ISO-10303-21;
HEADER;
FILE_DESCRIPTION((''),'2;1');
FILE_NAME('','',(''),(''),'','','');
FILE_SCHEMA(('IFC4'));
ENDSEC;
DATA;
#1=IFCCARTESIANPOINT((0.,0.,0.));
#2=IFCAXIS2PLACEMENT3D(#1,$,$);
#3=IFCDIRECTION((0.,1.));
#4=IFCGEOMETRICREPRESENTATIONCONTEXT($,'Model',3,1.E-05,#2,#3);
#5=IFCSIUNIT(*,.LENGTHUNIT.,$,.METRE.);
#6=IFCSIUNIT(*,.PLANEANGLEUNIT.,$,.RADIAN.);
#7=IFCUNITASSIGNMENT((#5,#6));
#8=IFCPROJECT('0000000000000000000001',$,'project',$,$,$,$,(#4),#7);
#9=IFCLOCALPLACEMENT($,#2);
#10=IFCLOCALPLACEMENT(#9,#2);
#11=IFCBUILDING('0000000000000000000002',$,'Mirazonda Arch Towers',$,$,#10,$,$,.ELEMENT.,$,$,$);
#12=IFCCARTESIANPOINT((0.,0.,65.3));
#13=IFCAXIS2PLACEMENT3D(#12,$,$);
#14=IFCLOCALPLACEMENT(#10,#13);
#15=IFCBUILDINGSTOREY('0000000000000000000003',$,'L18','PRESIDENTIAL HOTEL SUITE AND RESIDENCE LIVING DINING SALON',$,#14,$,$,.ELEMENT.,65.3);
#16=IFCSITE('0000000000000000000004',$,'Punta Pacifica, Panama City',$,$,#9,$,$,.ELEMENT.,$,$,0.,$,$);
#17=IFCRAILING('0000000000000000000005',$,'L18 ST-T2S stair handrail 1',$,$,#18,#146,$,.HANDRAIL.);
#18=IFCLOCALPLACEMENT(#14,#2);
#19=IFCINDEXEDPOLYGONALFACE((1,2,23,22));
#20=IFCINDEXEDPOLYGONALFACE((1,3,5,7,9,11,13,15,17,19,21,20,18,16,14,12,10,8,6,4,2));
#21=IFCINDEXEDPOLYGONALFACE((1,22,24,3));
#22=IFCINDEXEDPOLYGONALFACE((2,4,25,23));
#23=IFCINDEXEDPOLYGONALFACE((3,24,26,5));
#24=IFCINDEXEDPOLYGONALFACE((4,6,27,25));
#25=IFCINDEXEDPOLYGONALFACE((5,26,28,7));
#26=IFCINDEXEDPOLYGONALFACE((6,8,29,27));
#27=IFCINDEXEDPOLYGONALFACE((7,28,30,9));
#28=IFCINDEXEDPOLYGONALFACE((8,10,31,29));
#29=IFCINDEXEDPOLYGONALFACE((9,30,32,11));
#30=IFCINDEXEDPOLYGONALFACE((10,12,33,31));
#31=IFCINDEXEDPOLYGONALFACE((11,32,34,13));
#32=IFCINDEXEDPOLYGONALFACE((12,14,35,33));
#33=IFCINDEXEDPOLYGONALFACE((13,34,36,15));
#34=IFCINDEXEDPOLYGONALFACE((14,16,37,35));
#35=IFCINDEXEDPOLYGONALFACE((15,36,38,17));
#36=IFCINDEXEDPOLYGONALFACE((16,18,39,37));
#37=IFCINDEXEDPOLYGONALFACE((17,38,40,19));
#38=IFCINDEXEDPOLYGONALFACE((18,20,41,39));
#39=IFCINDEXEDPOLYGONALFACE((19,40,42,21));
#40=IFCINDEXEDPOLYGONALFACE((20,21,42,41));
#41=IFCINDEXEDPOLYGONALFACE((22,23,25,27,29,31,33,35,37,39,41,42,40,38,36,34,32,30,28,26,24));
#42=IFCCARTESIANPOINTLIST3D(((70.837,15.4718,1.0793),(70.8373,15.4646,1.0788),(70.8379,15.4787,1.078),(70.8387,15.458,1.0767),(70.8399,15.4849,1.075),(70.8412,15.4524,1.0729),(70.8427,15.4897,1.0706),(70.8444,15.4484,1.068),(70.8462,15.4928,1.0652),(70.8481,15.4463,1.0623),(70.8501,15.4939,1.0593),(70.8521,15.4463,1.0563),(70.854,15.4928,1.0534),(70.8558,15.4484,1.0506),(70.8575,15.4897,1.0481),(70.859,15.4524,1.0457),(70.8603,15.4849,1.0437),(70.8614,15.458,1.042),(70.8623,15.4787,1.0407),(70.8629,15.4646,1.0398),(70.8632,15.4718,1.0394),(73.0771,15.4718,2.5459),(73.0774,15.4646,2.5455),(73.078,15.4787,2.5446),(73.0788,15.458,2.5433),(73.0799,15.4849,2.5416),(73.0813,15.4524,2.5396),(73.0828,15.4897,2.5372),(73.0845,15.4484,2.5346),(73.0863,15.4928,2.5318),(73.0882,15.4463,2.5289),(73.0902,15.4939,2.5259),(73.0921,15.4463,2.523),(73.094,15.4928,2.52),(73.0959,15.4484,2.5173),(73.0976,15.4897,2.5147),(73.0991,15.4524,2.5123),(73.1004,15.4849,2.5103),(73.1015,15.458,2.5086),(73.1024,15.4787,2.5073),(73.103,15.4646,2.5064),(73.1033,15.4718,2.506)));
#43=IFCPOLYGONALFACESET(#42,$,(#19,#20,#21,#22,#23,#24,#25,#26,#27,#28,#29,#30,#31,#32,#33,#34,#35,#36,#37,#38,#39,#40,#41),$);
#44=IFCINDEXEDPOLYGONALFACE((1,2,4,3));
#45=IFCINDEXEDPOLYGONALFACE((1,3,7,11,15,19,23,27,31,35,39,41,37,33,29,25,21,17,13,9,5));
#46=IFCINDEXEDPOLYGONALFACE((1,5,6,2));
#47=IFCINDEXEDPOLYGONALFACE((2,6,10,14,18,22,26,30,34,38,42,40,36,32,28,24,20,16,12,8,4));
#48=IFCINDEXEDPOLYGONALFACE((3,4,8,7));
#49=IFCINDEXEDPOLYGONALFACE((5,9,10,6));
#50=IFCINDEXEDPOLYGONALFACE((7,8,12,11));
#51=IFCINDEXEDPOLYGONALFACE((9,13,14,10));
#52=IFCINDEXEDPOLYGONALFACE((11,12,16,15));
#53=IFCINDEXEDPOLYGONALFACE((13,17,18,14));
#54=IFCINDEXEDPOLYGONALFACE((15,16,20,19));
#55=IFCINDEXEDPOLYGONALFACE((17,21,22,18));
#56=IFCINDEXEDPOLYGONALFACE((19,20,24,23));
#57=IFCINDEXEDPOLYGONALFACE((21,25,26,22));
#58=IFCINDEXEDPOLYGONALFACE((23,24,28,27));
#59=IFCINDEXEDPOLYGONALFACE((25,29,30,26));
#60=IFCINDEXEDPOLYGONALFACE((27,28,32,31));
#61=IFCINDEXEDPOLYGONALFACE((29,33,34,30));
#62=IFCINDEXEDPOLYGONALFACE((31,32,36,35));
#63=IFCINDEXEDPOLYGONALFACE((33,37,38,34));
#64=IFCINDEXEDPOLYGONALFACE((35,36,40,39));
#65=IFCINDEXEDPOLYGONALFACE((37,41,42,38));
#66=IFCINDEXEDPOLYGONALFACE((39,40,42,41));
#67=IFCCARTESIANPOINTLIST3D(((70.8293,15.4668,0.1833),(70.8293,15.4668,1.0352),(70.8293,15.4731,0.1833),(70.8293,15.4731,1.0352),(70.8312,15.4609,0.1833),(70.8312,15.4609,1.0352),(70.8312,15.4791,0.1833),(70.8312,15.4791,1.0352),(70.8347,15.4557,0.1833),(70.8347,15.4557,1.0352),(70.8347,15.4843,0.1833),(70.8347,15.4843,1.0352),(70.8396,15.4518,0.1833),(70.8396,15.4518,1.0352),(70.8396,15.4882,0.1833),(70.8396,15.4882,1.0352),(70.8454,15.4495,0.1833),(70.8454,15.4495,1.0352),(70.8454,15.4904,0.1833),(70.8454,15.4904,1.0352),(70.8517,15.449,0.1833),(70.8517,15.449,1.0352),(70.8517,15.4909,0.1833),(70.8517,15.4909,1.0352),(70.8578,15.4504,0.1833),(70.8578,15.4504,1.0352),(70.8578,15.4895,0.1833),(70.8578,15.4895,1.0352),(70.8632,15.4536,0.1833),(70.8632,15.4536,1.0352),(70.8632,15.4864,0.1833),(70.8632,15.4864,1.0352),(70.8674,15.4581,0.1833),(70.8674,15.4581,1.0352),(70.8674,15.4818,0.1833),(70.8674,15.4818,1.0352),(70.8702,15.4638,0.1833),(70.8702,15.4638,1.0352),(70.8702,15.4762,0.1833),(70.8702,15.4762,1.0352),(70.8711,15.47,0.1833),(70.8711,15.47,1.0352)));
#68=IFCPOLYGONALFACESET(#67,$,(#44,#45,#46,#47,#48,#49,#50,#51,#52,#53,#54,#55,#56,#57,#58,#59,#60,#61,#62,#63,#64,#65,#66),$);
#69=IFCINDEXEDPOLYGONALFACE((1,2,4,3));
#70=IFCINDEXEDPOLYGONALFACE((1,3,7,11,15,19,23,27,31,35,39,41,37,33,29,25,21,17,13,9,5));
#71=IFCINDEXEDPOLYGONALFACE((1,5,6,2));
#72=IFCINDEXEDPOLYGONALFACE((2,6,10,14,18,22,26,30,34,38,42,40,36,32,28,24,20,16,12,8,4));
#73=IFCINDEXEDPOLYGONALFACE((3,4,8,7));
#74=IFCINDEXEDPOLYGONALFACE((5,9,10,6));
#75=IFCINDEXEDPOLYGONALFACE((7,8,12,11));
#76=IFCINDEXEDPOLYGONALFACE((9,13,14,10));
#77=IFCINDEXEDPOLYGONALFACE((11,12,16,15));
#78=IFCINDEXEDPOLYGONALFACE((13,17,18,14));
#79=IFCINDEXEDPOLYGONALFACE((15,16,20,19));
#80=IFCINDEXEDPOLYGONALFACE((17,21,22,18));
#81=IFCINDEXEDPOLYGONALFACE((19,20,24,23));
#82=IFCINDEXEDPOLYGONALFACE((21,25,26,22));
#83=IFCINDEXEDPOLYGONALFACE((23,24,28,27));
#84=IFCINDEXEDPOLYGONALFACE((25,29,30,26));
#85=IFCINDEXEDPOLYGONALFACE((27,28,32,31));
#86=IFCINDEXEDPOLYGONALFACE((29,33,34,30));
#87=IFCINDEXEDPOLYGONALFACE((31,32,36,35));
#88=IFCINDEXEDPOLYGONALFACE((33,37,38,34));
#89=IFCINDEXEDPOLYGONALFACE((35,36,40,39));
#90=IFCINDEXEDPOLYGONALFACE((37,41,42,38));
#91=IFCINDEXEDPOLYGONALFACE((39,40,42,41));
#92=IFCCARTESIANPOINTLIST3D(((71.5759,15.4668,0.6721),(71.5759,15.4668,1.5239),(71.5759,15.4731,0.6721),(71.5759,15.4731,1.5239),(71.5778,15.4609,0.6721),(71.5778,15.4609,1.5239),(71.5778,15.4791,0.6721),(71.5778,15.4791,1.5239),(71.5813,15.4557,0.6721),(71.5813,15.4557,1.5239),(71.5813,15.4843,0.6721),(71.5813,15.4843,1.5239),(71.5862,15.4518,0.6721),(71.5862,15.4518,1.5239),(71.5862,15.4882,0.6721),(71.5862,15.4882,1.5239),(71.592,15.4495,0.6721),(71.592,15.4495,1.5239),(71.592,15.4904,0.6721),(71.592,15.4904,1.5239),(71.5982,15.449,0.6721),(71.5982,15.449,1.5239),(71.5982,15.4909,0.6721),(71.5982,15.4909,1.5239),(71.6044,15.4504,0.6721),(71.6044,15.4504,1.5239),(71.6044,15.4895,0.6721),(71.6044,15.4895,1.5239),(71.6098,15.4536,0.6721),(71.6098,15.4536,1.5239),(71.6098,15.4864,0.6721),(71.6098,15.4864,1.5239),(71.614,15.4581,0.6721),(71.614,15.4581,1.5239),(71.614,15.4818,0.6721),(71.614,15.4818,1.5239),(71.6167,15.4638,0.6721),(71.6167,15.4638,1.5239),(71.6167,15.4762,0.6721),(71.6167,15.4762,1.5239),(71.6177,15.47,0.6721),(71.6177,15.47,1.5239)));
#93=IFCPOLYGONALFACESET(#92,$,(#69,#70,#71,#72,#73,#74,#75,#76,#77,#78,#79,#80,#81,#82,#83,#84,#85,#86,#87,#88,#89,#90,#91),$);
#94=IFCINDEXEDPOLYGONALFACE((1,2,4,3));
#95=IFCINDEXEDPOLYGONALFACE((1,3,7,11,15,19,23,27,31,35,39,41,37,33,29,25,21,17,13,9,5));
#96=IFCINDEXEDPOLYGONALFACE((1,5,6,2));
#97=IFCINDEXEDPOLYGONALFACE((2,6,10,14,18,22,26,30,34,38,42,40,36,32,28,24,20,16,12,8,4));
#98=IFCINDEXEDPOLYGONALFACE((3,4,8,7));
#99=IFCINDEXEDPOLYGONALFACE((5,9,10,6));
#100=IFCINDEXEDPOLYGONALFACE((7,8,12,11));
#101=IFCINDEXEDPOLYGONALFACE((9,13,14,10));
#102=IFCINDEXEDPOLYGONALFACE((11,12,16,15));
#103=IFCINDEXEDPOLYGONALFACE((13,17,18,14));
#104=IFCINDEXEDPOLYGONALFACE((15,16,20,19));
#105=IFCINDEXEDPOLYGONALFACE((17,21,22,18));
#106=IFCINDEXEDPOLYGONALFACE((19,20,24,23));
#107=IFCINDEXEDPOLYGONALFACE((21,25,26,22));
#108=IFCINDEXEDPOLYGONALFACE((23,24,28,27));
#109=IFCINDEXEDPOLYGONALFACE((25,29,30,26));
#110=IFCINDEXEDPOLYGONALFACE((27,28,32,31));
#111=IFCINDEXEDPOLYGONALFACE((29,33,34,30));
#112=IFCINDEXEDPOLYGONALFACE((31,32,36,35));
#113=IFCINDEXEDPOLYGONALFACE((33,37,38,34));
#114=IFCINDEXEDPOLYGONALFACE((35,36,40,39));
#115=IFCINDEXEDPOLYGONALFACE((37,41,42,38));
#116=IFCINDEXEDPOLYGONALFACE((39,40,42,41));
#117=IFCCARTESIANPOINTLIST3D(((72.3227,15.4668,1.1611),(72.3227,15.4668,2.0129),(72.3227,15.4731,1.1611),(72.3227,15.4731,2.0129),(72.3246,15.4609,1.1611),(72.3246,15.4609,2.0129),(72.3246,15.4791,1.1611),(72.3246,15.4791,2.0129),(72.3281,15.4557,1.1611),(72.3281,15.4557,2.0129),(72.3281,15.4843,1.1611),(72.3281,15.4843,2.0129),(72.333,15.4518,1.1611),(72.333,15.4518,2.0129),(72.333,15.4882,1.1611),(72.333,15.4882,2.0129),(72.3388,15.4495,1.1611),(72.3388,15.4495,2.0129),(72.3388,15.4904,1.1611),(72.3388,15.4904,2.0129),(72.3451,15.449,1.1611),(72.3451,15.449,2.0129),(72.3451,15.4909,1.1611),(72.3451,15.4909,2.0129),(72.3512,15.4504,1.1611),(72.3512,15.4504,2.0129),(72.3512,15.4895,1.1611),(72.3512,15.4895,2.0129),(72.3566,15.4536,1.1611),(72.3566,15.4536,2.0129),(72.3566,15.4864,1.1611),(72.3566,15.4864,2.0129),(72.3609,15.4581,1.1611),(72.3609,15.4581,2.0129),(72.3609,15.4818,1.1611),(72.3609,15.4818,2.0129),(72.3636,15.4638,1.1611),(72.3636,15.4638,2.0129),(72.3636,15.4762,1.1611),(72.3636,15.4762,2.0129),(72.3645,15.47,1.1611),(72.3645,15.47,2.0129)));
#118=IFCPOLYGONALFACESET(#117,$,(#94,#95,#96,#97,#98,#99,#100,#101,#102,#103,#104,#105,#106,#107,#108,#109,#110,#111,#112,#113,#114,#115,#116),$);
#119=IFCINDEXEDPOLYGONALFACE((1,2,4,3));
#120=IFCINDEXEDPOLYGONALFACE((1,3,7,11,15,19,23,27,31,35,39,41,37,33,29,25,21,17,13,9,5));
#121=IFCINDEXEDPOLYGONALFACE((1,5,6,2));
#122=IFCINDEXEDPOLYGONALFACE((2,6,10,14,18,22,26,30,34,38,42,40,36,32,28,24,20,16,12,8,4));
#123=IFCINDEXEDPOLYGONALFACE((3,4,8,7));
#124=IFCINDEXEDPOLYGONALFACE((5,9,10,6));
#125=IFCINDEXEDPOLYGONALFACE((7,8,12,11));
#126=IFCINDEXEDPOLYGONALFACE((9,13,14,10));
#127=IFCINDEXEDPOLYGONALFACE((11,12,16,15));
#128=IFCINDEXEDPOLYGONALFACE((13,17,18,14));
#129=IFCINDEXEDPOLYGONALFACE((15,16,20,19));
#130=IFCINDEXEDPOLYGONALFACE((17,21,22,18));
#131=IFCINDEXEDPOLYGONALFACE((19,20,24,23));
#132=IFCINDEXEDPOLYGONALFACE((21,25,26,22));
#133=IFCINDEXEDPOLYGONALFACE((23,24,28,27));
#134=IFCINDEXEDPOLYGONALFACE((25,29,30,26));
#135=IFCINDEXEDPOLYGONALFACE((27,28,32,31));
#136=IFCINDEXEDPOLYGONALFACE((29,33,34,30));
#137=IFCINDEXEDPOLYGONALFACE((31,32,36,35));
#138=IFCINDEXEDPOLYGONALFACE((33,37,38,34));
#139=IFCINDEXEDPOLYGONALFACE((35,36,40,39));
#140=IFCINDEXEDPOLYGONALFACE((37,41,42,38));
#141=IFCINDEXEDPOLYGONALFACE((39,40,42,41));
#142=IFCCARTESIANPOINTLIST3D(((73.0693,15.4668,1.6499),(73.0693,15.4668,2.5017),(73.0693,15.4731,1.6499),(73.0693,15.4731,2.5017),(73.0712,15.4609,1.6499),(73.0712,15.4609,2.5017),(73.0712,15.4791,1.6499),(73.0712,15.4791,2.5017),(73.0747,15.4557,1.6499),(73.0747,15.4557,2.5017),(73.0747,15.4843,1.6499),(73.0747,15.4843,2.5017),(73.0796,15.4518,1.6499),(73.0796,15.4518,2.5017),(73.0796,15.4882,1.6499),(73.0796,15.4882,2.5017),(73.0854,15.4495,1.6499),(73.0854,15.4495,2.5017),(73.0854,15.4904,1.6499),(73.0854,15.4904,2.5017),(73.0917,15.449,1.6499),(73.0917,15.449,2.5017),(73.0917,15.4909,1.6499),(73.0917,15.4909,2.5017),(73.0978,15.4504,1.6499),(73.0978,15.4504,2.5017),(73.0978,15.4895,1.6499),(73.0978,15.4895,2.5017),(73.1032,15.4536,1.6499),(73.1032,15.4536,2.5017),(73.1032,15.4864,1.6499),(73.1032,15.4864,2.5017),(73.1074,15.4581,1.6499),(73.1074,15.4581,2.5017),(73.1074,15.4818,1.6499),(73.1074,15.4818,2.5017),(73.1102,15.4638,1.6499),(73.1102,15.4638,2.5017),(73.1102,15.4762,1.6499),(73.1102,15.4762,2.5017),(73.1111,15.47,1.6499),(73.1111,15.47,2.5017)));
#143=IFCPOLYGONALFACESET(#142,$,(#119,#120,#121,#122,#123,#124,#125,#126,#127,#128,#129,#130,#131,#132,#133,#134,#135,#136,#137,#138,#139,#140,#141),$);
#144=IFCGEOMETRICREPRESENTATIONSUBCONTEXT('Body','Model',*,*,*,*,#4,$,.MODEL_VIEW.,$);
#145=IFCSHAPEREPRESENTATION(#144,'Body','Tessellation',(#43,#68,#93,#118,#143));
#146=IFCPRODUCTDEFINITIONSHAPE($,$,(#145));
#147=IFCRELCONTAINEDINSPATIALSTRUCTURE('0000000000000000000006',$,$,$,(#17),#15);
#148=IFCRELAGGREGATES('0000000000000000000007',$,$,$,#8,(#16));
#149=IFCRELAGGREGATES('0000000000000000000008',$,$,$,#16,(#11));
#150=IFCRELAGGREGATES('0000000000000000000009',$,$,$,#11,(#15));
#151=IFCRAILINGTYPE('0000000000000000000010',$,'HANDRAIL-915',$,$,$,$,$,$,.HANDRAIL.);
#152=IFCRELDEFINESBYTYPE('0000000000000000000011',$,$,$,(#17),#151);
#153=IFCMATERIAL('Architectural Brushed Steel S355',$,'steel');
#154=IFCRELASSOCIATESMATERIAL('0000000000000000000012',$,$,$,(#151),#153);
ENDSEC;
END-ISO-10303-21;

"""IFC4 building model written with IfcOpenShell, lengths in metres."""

from ifc_helpers import new_model, si_unit, direction, frame, origin, origin_2d, place, context, subcontext, project, spatial, circle, extrude, material, type_object, element, save


model = new_model("IFC4")

# Units and contexts
model_context = context("Model", 3, precision=1e-05, world=origin(), true_north=direction((0.0, 1.0)))
body_context = subcontext(model_context, "Body", "Model", "MODEL_VIEW")
ifc_project = project(units=[si_unit("LENGTHUNIT", "METRE"), si_unit("PLANEANGLEUNIT", "RADIAN")], contexts=[model_context])

# Site, building, storey
site_placement = place(None, origin())
site = spatial("IfcSite", under=ifc_project, at=site_placement, Name="Punta Pacifica, Panama City", CompositionType="ELEMENT", RefElevation=0.0)
building_placement = place(site_placement, origin())
building = spatial("IfcBuilding", under=site, at=building_placement, Name="Mirazonda Arch Towers", CompositionType="ELEMENT")
storey_placement = place(building_placement, frame((0.0, 0.0, 65.3)))
storey = spatial("IfcBuildingStorey", under=building, at=storey_placement, Name="L18", Description="PRESIDENTIAL HOTEL SUITE AND RESIDENCE LIVING DINING SALON", CompositionType="ELEMENT", Elevation=65.3)

# Railing
ifc_material_1 = material(Name="Architectural Brushed Steel S355", Category="steel")
railing_type_1 = type_object("IfcRailingType", Name="HANDRAIL-915", PredefinedType="HANDRAIL", material=ifc_material_1)
railing_1_placement = place(storey_placement, frame((70.8501, 15.47, 0.1833)))
element("IfcRailing", 1, at=railing_1_placement, inside=storey, type_object=railing_type_1, Name="L18 ST-T2S stair handrail 1", PredefinedType="HANDRAIL", context=body_context, shape_type="SweptSolid", body=[
    extrude(circle(Radius=0.0239, at=origin_2d()), frame((0.0, 0.0, 0.876), z_axis=(0.836637, 0.0, 0.547758), x_axis=(0.0, 1.0, 0.0)), (0.0, 0.0, 1.0), 2.6775),
    extrude(circle(Radius=0.021, at=origin_2d()), origin(), (0.0, 0.0, 1.0), 0.8518),
    extrude(circle(Radius=0.021, at=origin_2d()), frame((0.7466, 0.0, 0.4888)), (0.0, 0.0, 1.0), 0.8518),
    extrude(circle(Radius=0.021, at=origin_2d()), frame((1.4934, 0.0, 0.9778)), (0.0, 0.0, 1.0), 0.8518),
    extrude(circle(Radius=0.021, at=origin_2d()), frame((2.24, 0.0, 1.4666)), (0.0, 0.0, 1.0), 0.8518),
])

save(model, "model.ifc")
